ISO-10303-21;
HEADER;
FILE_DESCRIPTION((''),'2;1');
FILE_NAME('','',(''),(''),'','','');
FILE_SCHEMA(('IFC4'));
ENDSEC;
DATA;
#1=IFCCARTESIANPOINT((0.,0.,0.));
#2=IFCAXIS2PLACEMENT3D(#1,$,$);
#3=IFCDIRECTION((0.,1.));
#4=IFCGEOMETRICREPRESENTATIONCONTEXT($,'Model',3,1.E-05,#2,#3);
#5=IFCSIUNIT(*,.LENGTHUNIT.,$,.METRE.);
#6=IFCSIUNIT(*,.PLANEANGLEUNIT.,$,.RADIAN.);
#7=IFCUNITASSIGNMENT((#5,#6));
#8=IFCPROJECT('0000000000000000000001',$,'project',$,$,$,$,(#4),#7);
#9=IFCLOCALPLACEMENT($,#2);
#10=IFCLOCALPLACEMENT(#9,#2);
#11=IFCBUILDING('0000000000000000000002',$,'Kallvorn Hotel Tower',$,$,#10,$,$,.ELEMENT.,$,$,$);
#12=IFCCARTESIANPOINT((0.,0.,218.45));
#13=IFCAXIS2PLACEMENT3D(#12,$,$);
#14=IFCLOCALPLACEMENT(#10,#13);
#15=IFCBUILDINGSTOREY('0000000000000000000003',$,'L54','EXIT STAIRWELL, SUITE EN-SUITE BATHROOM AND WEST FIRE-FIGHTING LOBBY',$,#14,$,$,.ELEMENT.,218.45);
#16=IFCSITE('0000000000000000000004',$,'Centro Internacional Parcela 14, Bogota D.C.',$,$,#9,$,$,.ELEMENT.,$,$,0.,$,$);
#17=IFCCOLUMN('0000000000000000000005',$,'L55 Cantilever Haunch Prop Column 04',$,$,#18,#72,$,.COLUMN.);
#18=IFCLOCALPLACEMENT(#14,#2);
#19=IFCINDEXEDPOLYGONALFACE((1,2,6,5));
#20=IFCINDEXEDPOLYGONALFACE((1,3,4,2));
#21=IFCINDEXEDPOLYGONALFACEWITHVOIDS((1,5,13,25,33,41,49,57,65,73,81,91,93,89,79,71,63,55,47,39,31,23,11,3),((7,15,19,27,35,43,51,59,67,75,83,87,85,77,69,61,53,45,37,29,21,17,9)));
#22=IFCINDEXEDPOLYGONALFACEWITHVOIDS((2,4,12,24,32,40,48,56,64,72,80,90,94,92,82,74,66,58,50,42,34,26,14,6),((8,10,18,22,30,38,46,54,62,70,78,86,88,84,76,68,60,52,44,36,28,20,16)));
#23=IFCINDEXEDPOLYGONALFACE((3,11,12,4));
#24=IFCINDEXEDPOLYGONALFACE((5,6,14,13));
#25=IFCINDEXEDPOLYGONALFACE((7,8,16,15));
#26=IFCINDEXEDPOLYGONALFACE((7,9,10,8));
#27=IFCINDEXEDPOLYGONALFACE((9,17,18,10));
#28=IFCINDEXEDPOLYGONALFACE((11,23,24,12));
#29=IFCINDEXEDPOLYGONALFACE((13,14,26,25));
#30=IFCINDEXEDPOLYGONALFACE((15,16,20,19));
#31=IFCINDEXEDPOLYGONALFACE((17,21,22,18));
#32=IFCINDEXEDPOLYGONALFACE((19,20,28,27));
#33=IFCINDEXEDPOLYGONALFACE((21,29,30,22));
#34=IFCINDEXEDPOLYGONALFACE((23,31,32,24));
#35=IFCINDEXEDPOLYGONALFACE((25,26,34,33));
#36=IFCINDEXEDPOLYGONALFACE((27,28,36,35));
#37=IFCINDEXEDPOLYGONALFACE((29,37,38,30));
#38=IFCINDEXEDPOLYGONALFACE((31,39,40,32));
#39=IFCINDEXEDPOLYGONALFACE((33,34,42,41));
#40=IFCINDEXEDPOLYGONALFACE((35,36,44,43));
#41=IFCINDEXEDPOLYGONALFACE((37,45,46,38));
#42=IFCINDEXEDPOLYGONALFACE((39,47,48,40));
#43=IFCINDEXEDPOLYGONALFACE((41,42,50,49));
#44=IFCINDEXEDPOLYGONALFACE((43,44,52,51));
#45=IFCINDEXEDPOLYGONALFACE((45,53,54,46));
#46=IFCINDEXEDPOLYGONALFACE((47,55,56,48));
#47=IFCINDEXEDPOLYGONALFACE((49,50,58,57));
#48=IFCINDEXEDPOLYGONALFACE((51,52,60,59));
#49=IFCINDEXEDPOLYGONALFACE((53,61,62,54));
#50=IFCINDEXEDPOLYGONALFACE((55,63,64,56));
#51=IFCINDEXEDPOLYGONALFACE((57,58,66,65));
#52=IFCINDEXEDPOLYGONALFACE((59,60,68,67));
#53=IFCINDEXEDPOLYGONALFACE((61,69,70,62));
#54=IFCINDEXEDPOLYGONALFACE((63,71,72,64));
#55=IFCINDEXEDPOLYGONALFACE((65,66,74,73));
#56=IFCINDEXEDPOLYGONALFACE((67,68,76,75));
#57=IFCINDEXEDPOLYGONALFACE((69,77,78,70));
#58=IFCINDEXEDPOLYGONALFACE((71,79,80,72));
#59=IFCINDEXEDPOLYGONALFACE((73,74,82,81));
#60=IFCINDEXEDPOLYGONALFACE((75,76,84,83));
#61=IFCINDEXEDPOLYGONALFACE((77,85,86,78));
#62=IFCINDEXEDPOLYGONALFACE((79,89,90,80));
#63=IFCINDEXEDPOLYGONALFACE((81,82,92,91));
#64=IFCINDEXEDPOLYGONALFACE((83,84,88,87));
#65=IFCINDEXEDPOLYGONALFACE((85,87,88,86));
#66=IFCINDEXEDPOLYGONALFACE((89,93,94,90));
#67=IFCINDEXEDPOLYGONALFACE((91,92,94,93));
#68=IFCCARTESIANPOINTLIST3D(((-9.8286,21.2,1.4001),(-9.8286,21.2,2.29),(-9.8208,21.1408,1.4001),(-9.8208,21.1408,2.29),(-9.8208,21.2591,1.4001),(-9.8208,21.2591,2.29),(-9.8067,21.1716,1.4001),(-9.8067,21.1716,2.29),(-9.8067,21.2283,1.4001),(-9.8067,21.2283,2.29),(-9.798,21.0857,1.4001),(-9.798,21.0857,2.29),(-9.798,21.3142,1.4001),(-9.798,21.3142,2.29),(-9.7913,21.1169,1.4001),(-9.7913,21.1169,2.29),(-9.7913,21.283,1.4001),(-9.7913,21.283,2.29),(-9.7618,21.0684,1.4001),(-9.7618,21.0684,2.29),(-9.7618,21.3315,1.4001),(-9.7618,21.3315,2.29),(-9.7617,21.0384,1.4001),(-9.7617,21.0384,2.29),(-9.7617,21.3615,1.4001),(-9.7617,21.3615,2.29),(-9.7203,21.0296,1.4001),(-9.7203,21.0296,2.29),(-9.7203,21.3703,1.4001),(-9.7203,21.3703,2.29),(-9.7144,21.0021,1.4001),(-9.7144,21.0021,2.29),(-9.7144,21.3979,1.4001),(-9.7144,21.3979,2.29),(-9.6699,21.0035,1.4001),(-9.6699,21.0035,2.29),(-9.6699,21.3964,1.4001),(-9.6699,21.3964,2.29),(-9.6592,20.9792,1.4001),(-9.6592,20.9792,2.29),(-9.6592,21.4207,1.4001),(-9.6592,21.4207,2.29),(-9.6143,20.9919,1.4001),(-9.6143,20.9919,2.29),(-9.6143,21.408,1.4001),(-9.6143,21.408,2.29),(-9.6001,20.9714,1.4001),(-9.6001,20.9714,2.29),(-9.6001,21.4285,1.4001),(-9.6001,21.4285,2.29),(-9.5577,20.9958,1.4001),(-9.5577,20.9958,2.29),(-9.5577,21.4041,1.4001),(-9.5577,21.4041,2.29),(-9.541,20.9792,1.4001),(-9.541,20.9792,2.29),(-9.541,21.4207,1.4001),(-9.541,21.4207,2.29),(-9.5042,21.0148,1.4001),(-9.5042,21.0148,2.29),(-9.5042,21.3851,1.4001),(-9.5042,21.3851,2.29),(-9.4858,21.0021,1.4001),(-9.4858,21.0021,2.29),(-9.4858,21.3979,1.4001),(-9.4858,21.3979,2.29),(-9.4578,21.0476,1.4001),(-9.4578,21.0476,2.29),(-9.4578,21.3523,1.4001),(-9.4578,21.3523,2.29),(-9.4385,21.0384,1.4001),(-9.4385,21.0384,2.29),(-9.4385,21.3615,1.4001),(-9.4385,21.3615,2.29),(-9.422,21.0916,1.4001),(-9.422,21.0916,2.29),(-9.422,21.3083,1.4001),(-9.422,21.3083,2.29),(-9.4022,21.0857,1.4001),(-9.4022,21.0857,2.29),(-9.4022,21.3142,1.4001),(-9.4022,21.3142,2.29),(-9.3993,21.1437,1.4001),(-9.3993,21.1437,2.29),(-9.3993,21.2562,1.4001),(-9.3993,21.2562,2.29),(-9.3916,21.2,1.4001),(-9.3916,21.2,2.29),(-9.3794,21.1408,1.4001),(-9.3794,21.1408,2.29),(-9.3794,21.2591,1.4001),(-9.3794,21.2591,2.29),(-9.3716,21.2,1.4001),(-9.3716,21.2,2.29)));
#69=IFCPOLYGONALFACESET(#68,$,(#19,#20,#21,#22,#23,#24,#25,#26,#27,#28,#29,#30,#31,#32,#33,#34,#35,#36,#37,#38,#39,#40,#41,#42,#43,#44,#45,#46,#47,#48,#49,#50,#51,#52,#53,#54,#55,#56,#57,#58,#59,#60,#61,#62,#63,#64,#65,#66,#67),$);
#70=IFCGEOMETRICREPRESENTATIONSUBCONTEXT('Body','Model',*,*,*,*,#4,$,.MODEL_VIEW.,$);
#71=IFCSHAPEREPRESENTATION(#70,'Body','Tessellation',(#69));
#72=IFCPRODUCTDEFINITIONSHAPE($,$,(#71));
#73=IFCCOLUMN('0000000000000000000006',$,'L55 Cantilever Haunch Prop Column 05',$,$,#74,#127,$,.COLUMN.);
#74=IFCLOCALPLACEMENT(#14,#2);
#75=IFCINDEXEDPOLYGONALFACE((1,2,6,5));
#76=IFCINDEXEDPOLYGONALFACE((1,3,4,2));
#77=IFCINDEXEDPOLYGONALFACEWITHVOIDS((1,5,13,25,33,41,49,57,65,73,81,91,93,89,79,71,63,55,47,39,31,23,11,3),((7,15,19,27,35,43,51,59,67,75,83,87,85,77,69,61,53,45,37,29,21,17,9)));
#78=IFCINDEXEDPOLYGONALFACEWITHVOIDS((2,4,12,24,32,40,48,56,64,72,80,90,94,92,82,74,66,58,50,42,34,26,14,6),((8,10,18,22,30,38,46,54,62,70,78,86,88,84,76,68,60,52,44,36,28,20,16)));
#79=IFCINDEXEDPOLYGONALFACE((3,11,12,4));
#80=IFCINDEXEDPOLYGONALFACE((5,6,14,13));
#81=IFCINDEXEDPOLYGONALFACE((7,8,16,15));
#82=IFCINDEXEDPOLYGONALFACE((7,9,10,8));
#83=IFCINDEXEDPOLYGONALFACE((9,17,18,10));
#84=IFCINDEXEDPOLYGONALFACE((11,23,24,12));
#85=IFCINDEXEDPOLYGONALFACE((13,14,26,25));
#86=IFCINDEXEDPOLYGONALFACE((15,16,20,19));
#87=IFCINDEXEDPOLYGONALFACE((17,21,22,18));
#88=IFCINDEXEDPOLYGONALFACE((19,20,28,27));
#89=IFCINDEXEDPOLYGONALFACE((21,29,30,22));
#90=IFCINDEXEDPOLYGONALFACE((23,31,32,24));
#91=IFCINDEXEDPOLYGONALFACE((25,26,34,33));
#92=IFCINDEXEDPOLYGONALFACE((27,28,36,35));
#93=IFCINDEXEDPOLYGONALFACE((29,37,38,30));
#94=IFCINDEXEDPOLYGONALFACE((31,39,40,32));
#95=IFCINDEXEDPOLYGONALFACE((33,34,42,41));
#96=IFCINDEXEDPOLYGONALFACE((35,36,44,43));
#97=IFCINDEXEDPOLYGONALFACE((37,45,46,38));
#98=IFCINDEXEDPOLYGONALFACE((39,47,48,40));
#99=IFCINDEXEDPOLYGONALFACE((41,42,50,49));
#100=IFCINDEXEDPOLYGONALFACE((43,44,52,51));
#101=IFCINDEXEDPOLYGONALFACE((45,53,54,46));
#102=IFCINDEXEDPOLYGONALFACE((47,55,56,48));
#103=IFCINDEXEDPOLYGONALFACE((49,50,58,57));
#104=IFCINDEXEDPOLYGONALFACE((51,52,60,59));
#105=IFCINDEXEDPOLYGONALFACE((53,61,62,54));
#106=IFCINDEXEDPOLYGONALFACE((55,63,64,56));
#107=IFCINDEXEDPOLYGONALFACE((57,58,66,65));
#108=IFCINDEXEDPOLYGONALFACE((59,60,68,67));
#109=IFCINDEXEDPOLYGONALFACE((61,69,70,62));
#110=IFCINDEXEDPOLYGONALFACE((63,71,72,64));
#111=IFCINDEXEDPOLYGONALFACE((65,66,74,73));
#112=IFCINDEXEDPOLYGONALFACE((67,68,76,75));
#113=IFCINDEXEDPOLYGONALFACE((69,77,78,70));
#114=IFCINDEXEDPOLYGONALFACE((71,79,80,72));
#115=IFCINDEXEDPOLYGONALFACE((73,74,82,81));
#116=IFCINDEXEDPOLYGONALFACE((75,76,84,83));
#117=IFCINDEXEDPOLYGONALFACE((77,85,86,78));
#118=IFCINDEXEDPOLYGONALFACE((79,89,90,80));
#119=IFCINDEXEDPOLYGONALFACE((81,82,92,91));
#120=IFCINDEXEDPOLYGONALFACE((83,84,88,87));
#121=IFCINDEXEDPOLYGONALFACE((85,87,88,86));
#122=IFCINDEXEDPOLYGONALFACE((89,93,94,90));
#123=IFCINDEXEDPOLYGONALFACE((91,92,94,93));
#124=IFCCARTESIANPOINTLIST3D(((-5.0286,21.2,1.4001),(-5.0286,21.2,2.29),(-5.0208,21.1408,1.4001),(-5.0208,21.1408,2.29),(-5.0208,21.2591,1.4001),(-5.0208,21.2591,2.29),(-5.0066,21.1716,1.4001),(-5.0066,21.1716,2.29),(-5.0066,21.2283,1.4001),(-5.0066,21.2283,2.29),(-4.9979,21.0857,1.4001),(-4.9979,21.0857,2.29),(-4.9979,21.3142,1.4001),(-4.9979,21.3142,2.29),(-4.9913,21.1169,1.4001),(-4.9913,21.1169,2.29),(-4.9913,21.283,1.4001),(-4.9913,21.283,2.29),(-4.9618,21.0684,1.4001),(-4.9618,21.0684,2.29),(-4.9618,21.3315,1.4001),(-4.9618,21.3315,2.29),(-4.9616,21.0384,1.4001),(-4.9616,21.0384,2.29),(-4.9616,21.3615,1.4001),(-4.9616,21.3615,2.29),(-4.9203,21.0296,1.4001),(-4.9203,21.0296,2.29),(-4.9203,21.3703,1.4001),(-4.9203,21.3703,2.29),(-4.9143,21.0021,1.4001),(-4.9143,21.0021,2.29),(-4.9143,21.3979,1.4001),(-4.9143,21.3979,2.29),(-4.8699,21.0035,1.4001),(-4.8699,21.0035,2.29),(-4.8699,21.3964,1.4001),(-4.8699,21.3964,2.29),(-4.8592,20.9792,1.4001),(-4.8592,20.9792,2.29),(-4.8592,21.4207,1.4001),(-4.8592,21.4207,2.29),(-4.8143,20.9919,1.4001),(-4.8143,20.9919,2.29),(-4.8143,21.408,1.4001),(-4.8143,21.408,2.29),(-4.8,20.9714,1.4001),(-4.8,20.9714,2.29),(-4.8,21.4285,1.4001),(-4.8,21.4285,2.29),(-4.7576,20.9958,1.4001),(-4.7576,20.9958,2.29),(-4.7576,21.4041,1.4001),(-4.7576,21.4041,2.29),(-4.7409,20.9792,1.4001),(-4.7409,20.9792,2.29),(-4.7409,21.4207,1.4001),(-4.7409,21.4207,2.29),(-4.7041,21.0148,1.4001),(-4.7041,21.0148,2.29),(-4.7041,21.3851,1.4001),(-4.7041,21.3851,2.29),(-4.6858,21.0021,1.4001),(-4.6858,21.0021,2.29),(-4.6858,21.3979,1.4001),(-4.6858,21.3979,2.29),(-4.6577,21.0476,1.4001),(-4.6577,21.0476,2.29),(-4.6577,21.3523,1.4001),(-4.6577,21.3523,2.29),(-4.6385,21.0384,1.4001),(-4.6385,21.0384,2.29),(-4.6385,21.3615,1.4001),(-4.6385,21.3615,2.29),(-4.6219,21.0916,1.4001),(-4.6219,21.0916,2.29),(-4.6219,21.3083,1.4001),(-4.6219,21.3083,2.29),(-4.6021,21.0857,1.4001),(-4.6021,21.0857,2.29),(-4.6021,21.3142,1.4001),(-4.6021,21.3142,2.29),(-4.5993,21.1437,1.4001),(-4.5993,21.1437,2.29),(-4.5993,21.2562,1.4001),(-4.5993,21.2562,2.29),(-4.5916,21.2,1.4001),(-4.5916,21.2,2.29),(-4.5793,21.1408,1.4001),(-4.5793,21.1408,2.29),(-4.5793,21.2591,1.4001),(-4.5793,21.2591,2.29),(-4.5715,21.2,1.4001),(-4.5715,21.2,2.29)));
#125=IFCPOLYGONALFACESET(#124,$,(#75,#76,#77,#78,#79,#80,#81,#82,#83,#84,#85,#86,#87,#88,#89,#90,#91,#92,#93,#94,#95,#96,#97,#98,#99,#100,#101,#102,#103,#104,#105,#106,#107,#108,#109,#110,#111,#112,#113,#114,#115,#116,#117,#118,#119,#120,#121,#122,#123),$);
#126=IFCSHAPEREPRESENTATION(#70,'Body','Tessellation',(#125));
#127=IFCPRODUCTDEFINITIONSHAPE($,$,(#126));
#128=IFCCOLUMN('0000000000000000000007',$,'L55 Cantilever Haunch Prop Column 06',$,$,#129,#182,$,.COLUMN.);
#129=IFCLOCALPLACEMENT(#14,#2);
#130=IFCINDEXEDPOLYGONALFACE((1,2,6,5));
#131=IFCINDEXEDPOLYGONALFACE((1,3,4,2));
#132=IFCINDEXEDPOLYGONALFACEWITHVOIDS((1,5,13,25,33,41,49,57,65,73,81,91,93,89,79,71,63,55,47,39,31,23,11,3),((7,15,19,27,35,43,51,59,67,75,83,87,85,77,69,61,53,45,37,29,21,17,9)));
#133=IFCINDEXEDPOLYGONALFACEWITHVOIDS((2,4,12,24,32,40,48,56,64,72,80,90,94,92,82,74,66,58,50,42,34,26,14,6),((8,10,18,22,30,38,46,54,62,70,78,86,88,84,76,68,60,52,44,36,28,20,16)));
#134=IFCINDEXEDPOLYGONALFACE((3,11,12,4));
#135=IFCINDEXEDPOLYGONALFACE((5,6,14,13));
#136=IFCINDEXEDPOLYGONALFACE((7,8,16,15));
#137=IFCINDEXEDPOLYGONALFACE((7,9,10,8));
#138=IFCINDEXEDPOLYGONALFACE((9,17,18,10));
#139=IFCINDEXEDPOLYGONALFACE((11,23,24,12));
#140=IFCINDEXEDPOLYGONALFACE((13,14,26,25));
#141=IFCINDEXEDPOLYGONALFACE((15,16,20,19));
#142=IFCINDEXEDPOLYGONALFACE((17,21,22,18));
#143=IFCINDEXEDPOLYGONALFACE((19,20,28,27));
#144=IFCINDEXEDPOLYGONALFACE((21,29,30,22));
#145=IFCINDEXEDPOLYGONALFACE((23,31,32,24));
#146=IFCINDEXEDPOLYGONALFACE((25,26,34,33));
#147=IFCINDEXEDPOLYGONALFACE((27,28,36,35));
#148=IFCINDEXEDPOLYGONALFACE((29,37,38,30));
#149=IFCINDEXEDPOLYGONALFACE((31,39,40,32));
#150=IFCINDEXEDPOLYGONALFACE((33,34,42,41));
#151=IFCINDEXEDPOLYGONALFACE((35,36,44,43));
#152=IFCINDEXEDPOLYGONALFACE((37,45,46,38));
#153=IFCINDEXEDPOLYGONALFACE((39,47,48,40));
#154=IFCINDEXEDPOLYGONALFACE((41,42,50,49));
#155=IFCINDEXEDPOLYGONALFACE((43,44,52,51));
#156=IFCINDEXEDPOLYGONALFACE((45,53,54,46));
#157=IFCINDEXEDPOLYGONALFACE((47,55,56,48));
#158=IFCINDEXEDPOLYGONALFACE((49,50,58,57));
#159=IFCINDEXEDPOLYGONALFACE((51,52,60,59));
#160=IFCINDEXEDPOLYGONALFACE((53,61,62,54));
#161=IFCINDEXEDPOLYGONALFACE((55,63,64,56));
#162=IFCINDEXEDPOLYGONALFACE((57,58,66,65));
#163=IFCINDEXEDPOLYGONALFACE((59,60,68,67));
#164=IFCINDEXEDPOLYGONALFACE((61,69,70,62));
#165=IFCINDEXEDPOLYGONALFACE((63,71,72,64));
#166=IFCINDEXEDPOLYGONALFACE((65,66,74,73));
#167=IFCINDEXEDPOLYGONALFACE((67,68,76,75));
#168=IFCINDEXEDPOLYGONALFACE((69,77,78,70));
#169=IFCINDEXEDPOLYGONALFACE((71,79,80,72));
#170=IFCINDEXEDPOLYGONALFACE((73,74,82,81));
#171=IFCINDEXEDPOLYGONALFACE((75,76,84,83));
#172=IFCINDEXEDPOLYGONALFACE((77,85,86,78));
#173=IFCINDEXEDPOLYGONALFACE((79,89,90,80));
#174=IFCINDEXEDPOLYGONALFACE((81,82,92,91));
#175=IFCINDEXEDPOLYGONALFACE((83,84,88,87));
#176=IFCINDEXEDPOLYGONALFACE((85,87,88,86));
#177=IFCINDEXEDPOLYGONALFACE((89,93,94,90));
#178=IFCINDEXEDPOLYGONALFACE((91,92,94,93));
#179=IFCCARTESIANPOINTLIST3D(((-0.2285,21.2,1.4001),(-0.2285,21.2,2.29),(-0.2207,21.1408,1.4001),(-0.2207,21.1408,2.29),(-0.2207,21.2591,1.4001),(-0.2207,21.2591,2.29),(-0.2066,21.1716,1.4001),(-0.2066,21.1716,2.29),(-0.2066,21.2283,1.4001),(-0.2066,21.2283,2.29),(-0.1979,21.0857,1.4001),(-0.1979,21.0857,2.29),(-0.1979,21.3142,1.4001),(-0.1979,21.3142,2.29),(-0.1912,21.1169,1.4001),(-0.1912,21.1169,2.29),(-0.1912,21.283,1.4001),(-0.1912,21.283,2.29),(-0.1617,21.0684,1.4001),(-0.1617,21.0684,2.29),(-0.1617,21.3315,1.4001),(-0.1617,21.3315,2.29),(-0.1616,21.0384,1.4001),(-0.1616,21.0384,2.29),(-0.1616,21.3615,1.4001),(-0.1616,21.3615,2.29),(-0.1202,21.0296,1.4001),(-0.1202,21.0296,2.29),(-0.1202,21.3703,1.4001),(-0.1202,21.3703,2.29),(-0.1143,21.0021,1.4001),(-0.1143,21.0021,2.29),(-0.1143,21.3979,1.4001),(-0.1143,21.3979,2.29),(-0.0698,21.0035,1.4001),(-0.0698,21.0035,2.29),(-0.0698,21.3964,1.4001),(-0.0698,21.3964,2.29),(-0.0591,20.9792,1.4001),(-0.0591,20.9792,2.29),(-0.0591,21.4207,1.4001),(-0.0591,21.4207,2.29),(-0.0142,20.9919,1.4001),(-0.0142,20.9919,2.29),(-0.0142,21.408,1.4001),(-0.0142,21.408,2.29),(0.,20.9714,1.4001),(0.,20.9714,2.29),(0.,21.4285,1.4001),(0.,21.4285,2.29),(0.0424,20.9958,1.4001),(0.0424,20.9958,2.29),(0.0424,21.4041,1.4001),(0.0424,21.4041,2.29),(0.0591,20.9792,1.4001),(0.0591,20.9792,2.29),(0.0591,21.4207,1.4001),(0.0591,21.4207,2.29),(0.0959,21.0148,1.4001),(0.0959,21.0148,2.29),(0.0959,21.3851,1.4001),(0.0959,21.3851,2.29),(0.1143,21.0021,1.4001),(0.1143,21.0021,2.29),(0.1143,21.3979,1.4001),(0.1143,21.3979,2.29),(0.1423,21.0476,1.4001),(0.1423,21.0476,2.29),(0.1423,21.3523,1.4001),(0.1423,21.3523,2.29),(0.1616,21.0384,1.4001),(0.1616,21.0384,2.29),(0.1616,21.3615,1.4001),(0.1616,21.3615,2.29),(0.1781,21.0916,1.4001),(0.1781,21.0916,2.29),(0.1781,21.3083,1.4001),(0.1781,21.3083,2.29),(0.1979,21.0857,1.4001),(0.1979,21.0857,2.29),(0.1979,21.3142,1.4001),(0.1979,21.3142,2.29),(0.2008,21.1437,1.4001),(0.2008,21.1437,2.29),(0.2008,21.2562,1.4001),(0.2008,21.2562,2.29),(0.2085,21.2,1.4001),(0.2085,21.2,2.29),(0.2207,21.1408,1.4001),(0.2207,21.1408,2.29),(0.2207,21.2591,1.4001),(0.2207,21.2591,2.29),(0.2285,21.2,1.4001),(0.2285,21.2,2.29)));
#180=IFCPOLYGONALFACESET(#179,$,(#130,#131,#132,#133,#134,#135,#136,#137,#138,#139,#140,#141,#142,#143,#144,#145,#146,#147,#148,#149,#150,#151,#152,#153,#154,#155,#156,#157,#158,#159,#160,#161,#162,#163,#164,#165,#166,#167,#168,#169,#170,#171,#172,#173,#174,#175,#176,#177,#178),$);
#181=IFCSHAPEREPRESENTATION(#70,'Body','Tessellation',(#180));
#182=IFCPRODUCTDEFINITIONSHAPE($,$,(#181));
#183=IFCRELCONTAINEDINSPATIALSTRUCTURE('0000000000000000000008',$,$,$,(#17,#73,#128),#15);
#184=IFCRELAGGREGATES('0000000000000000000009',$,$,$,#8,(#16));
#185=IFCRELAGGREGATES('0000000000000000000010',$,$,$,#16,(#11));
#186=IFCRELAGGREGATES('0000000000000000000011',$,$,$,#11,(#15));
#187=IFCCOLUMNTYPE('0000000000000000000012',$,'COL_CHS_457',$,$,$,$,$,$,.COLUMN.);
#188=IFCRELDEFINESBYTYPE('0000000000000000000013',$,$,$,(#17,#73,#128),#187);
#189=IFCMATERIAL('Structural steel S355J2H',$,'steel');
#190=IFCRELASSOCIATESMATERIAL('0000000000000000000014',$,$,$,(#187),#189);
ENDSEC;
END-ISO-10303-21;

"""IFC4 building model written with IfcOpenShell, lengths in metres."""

from ifc_helpers import new_model, si_unit, direction, frame, origin, origin_2d, place, context, subcontext, project, spatial, hollow_circle, extrude, material, material_profile, profile_set, type_object, element, save


model = new_model("IFC4")

# Units and contexts
model_context = context("Model", 3, precision=1e-05, world=origin(), true_north=direction((0.0, 1.0)))
body_context = subcontext(model_context, "Body", "Model", "MODEL_VIEW")
ifc_project = project(units=[si_unit("LENGTHUNIT", "METRE"), si_unit("PLANEANGLEUNIT", "RADIAN")], contexts=[model_context])

# Site, building, storey
site_placement = place(None, origin())
site = spatial("IfcSite", under=ifc_project, at=site_placement, Name="Centro Internacional Parcela 14, Bogota D.C.", CompositionType="ELEMENT", RefElevation=0.0)
building_placement = place(site_placement, origin())
building = spatial("IfcBuilding", under=site, at=building_placement, Name="Kallvorn Hotel Tower", CompositionType="ELEMENT")
storey_placement = place(building_placement, frame((0.0, 0.0, 218.45)))
storey = spatial("IfcBuildingStorey", under=building, at=storey_placement, Name="L54", Description="EXIT STAIRWELL, SUITE EN-SUITE BATHROOM AND WEST FIRE-FIGHTING LOBBY", CompositionType="ELEMENT", Elevation=218.45)

# Columns
ifc_material_1 = material(Name="Structural steel S355J2H", Category="steel")
ifc_material_profile_1 = material_profile(ifc_material_1, hollow_circle(Radius=0.2285, WallThickness=0.02, at=origin_2d()), Name="CHS 457x20")
ifc_profile_set_1 = profile_set([ifc_material_profile_1], Name="Structural steel S355J2H")
column_type_1 = type_object("IfcColumnType", Name="COL_CHS_457", PredefinedType="COLUMN", material=ifc_profile_set_1)
for number, where, z_axis, x_axis, name in (
    (1, (-9.6001, 21.2, 1.4001), (0.0, 0.0, 1.0), (1.0, 0.0, 0.0), "L55 Cantilever Haunch Prop Column 04"),
    (2, (-4.8, 21.2, 1.4001), (0.0, 0.0, 1.0), (1.0, 0.0, 0.0), "L55 Cantilever Haunch Prop Column 05"),
    (3, (0.0, 21.2, 1.4001), (0.0, 0.0, 1.0), (1.0, 0.0, 0.0), "L55 Cantilever Haunch Prop Column 06"),
):
    element("IfcColumn", number, at=place(storey_placement, frame(where, z_axis=z_axis, x_axis=x_axis)), inside=storey, type_object=column_type_1, Name=name, PredefinedType="COLUMN", context=body_context, shape_type="SweptSolid", body=[
        extrude(hollow_circle(Radius=0.2285, WallThickness=0.02, at=origin_2d()), origin(), (0.0, 0.0, 1.0), 0.8899),
    ])

save(model, "model.ifc")
